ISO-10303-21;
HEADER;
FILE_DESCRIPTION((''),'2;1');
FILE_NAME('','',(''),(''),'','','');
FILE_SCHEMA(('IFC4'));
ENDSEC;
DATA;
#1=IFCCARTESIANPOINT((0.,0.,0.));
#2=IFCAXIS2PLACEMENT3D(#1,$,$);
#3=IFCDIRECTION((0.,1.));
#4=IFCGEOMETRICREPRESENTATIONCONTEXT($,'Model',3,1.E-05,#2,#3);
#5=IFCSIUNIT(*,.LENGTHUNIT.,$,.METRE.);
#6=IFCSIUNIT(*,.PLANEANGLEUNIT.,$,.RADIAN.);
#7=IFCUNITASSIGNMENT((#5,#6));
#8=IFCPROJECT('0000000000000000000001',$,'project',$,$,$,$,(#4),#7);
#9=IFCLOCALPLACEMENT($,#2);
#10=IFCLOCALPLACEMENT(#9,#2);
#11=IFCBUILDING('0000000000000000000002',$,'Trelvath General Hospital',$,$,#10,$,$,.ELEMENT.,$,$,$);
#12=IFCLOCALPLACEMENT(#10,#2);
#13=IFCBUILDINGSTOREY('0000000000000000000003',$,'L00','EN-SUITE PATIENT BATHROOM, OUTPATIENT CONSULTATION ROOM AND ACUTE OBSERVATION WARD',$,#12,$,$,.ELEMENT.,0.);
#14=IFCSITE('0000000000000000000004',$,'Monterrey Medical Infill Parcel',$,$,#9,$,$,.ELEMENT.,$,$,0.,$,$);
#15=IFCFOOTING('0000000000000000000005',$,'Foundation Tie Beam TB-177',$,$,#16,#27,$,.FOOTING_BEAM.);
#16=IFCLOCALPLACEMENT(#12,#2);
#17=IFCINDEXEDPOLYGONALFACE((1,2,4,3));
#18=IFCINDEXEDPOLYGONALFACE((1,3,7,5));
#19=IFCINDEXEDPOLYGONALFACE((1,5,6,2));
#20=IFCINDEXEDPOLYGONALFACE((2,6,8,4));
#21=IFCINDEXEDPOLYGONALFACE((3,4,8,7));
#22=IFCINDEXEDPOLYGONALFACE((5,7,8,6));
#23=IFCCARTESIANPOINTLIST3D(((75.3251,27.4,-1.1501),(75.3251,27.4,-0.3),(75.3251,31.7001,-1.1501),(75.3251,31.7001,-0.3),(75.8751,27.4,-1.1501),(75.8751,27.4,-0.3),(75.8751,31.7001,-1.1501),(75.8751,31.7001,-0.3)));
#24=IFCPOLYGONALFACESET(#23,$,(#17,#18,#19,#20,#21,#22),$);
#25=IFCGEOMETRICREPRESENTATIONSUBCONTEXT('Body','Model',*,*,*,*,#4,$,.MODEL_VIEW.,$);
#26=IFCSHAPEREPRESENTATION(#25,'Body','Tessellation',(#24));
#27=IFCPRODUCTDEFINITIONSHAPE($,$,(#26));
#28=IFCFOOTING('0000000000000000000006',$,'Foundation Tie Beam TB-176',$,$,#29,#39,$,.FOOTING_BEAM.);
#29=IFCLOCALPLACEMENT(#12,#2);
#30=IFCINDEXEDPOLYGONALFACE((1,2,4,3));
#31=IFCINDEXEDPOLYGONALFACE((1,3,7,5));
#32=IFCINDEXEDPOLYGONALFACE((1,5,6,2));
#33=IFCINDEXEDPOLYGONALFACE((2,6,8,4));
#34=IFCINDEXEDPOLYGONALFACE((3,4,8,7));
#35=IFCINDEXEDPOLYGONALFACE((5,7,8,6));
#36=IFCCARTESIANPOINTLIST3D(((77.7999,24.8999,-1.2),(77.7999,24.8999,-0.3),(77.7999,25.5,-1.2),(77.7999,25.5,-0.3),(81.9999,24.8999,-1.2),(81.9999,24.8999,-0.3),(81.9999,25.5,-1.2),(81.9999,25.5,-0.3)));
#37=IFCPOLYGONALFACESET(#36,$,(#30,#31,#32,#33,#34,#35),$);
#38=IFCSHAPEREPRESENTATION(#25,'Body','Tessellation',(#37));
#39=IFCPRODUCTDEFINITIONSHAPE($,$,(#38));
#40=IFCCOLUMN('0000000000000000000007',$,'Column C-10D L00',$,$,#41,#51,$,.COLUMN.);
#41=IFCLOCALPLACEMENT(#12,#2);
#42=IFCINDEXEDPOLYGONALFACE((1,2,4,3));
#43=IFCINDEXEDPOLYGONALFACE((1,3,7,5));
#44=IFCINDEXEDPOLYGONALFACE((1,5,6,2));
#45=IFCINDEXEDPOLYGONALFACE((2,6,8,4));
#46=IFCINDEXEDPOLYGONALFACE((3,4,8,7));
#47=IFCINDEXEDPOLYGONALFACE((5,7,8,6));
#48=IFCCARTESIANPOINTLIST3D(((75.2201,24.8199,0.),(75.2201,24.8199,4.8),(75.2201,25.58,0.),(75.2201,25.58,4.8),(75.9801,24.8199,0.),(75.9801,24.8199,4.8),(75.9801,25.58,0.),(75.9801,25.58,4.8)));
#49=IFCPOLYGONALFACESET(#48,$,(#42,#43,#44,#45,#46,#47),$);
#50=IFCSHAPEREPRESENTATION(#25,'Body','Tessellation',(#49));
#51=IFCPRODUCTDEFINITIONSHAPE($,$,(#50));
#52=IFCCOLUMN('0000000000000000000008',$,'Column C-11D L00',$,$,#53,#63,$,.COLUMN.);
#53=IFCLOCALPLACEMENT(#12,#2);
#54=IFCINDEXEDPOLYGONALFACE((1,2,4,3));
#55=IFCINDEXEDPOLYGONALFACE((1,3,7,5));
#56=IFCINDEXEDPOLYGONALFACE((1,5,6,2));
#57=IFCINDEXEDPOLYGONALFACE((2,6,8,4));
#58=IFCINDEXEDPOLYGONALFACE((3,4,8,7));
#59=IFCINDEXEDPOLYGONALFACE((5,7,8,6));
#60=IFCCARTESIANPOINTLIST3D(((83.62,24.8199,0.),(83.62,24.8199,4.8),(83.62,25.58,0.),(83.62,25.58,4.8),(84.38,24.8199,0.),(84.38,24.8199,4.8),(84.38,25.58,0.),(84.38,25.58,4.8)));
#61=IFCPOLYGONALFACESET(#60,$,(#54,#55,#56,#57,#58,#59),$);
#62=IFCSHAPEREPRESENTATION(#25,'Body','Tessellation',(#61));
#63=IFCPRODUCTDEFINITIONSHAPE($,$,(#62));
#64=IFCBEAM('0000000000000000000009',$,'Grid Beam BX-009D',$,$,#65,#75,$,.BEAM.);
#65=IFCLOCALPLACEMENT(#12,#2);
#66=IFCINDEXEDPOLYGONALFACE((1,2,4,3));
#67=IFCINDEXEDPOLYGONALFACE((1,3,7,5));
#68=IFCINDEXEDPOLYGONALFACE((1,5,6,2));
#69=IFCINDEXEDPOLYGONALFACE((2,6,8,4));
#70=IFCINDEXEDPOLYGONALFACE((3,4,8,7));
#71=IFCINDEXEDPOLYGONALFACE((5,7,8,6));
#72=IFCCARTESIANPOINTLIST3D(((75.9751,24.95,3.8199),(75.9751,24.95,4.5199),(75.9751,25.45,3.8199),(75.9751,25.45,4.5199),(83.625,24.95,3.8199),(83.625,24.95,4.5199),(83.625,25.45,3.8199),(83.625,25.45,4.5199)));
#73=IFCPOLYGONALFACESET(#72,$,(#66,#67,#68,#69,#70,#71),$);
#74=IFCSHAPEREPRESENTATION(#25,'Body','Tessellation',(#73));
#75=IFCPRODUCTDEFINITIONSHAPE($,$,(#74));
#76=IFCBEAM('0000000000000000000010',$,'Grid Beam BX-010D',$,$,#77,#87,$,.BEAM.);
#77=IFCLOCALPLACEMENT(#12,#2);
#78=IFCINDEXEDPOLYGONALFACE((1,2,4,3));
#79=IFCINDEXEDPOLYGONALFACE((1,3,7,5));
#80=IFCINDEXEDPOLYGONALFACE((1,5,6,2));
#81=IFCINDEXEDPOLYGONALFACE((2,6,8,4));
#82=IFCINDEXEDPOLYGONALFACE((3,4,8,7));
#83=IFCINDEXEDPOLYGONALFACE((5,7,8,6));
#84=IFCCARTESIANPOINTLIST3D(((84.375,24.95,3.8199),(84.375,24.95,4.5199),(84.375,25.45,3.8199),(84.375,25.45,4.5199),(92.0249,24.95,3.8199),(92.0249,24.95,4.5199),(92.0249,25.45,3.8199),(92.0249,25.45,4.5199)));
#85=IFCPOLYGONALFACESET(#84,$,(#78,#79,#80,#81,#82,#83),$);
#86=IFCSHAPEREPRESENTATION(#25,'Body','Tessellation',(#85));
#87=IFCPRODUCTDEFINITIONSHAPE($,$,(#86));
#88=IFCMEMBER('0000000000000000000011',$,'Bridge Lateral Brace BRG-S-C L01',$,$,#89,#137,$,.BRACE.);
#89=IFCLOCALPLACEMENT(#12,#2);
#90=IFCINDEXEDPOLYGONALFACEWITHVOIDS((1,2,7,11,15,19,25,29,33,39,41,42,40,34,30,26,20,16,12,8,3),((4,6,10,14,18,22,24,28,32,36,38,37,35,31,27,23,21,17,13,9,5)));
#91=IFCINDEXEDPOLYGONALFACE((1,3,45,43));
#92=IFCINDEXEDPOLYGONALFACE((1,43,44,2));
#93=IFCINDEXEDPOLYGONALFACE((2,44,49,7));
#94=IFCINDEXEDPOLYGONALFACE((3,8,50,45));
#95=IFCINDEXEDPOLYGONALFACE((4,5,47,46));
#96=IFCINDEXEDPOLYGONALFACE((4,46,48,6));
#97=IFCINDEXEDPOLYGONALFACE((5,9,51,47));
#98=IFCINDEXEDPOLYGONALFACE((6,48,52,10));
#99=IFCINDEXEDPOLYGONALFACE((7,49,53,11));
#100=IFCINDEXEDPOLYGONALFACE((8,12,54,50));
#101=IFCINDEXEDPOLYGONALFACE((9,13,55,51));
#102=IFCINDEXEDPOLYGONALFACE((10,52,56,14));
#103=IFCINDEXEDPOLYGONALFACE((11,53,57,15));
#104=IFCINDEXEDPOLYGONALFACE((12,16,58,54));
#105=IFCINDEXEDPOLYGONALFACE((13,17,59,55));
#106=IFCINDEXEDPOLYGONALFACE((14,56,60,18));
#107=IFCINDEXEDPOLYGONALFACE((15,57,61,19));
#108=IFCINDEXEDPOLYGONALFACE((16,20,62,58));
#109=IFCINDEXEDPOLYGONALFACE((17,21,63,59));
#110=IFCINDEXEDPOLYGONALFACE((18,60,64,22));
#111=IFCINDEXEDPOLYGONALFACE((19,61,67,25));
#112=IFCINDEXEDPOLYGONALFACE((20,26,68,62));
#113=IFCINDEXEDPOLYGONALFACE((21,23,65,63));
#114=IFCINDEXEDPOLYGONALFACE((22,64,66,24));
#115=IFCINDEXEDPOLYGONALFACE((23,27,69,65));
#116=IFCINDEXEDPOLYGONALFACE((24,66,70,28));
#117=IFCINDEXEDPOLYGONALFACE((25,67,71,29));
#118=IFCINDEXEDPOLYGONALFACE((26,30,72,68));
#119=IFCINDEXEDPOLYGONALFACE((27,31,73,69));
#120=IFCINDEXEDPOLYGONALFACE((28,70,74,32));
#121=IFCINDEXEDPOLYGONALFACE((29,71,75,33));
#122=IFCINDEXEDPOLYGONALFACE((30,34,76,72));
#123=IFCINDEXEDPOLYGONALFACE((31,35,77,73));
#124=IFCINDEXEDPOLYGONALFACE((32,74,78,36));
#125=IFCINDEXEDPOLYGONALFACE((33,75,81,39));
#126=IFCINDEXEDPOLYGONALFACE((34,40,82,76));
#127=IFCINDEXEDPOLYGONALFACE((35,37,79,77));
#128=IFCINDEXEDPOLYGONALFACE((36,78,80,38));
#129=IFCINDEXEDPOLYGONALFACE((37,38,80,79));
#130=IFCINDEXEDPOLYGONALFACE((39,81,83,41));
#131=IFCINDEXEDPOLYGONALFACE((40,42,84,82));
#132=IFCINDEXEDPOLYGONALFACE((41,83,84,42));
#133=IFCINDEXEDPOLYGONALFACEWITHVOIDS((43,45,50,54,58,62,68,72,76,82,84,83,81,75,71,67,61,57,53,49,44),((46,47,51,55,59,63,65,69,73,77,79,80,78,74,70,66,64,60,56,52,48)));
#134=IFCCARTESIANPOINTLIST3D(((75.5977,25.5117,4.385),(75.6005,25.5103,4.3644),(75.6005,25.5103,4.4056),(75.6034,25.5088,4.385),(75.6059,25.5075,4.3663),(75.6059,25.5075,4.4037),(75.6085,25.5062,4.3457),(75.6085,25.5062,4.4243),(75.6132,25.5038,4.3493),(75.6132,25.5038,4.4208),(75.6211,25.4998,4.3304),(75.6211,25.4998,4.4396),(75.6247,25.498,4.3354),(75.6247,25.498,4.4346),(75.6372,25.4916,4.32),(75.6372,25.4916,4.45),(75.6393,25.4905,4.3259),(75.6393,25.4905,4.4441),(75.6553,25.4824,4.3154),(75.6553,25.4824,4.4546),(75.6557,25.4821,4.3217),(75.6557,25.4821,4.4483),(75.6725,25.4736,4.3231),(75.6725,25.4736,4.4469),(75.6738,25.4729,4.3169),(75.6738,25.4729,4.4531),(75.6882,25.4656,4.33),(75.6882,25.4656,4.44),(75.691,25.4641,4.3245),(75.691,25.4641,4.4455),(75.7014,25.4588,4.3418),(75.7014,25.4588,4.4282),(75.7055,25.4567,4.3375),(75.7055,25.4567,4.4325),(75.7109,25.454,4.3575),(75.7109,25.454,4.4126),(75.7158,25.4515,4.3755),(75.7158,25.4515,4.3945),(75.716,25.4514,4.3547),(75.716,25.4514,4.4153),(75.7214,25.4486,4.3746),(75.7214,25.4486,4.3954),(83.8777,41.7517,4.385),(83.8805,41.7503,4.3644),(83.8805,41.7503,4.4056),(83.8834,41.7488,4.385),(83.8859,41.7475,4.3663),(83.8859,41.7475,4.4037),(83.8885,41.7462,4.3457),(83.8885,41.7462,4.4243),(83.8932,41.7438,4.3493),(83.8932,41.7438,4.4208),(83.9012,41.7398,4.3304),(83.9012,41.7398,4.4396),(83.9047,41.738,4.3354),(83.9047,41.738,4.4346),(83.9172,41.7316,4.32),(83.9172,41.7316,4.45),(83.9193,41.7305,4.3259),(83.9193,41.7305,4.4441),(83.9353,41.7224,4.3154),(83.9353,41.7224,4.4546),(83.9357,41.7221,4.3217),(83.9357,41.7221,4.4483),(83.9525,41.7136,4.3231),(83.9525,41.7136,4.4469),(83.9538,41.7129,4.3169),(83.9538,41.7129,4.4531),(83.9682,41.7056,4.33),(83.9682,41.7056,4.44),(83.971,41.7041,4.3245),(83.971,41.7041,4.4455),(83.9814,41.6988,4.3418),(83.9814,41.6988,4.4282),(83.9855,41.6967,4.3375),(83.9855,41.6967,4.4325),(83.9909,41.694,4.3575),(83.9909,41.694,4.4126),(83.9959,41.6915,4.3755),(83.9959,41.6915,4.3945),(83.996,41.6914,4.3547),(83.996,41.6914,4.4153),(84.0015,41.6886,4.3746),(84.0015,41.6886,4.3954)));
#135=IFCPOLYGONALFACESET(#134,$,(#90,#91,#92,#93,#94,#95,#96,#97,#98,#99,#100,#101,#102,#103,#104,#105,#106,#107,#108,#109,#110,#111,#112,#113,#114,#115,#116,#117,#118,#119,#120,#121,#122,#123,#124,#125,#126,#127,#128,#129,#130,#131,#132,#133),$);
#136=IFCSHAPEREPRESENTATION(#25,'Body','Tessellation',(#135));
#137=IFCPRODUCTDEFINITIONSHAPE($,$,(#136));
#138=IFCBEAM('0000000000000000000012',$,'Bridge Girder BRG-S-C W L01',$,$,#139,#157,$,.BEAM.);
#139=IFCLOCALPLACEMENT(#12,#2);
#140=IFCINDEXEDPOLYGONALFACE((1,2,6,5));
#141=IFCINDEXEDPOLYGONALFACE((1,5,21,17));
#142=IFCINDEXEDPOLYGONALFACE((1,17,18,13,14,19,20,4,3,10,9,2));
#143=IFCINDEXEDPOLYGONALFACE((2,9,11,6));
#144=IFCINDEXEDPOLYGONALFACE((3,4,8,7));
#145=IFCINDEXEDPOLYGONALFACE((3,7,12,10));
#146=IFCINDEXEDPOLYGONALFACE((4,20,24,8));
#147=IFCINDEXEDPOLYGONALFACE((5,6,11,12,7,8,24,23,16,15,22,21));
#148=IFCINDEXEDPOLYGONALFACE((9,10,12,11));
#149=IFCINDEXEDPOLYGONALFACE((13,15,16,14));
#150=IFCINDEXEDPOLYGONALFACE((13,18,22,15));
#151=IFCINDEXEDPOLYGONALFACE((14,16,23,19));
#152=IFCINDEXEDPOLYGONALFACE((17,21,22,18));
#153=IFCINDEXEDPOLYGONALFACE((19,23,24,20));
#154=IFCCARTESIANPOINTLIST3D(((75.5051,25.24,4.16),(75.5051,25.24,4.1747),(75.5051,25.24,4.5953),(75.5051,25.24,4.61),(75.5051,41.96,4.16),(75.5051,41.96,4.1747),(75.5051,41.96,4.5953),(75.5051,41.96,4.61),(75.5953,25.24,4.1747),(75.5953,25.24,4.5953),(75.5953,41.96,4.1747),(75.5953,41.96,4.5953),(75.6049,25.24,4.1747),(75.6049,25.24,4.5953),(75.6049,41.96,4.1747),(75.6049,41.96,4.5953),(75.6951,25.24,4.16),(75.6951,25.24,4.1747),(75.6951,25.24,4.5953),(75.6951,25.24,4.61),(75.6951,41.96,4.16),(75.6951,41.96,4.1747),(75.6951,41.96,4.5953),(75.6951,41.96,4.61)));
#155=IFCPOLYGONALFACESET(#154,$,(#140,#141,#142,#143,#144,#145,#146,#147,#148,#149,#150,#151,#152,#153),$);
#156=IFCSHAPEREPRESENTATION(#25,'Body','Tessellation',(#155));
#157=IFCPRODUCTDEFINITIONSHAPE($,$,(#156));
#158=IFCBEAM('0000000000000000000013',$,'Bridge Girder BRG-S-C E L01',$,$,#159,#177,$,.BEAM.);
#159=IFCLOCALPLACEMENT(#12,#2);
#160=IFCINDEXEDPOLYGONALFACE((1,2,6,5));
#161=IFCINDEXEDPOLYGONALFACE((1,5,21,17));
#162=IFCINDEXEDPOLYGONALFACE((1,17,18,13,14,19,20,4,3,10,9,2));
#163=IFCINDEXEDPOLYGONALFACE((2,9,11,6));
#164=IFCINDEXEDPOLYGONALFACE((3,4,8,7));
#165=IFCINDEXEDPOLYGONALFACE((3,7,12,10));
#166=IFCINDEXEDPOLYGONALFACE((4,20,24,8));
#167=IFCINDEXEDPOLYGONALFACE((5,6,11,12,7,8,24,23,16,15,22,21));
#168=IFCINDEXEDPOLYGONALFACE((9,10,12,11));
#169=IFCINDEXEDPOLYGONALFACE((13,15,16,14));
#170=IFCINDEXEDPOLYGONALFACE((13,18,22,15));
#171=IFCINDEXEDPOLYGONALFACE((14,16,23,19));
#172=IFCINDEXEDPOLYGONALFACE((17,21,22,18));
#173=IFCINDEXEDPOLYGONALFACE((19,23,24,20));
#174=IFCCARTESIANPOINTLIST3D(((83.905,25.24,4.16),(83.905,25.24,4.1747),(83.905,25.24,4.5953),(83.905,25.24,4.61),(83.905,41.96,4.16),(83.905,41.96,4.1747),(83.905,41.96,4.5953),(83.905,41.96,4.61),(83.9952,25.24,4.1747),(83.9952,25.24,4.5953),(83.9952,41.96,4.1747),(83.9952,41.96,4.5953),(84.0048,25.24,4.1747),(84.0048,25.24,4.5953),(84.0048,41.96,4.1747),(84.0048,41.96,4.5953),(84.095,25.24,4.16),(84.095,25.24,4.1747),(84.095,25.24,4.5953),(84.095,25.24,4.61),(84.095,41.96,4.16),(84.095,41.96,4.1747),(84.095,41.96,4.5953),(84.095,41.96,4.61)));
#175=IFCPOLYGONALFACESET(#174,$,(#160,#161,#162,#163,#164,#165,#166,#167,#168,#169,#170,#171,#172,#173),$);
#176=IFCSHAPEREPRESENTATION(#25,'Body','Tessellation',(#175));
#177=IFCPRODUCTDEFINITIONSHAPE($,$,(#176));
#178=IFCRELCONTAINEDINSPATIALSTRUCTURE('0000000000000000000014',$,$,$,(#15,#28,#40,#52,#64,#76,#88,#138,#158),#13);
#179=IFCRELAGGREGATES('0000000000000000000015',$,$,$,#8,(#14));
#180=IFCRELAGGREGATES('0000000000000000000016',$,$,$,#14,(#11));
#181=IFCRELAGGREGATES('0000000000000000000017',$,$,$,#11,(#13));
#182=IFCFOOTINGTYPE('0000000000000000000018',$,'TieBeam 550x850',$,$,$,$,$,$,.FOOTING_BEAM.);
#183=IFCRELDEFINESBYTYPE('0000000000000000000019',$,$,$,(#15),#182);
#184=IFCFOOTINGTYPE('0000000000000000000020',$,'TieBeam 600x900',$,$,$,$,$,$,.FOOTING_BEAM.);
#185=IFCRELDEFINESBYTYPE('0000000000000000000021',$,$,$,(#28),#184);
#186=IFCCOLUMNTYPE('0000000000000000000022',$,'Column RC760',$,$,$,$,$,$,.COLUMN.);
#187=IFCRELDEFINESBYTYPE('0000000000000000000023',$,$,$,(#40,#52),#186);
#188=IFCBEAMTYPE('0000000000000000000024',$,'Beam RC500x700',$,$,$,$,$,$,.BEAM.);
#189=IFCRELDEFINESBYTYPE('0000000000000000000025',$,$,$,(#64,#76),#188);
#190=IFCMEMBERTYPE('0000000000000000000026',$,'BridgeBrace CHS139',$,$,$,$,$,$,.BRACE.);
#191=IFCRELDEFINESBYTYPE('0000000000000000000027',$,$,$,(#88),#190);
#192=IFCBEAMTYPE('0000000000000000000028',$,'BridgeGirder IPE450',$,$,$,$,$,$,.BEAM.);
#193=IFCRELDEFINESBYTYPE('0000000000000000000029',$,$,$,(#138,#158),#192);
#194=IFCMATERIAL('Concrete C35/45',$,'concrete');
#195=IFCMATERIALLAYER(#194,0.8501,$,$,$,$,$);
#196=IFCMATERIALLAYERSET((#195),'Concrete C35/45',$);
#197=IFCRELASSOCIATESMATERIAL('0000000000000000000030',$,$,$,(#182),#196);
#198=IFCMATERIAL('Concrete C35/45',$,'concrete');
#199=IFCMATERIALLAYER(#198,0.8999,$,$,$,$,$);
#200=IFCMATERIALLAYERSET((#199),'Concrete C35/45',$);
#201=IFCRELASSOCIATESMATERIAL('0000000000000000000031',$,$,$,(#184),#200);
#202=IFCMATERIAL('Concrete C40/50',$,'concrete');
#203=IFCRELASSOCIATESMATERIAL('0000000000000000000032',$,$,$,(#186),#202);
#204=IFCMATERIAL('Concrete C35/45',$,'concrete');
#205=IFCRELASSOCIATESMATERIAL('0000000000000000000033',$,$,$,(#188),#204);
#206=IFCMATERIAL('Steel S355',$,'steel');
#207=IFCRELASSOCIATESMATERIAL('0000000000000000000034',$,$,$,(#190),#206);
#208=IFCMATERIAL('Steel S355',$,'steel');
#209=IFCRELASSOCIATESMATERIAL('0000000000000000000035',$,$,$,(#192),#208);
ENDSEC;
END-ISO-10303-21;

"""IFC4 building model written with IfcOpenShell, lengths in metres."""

from ifc_helpers import new_model, si_unit, direction, frame, origin, origin_2d, place, context, subcontext, project, spatial, rectangle, hollow_circle, i_section, extrude, material, layer, layer_set, material_profile, profile_set, type_object, element, save


model = new_model("IFC4")

# Units and contexts
model_context = context("Model", 3, precision=1e-05, world=origin(), true_north=direction((0.0, 1.0)))
body_context = subcontext(model_context, "Body", "Model", "MODEL_VIEW")
ifc_project = project(units=[si_unit("LENGTHUNIT", "METRE"), si_unit("PLANEANGLEUNIT", "RADIAN")], contexts=[model_context])

# Site, building, storey
site_placement = place(None, origin())
site = spatial("IfcSite", under=ifc_project, at=site_placement, Name="Monterrey Medical Infill Parcel", CompositionType="ELEMENT", RefElevation=0.0)
building_placement = place(site_placement, origin())
building = spatial("IfcBuilding", under=site, at=building_placement, Name="Trelvath General Hospital", CompositionType="ELEMENT")
storey_placement = place(building_placement, origin())
storey = spatial("IfcBuildingStorey", under=building, at=storey_placement, Name="L00", Description="EN-SUITE PATIENT BATHROOM, OUTPATIENT CONSULTATION ROOM AND ACUTE OBSERVATION WARD", CompositionType="ELEMENT", Elevation=0.0)

# Footings
ifc_material_1 = material(Name="Concrete C35/45", Category="concrete")
ifc_layer_1 = layer(ifc_material_1, 0.8501)
ifc_layer_set_1 = layer_set([ifc_layer_1], Name="Concrete C35/45")
footing_type_1 = type_object("IfcFootingType", Name="TieBeam 550x850", PredefinedType="FOOTING_BEAM", material=ifc_layer_set_1)
footing_1_placement = place(storey_placement, frame((75.6001, 29.55, -1.1501), z_axis=(0.0, 0.0, 1.0), x_axis=(1.0, 0.0, 0.0)))
element("IfcFooting", 1, at=footing_1_placement, inside=storey, type_object=footing_type_1, Name="Foundation Tie Beam TB-177", PredefinedType="FOOTING_BEAM", context=body_context, shape_type="SweptSolid", body=[
    extrude(rectangle(XDim=0.55, YDim=4.3, at=origin_2d()), origin(), (0.0, 0.0, 1.0), 0.8501),
])
ifc_material_2 = material(Name="Concrete C35/45", Category="concrete")
ifc_layer_2 = layer(ifc_material_2, 0.8999)
ifc_layer_set_2 = layer_set([ifc_layer_2], Name="Concrete C35/45")
footing_type_2 = type_object("IfcFootingType", Name="TieBeam 600x900", PredefinedType="FOOTING_BEAM", material=ifc_layer_set_2)
footing_2_placement = place(storey_placement, frame((79.8999, 25.2, -1.2), z_axis=(0.0, 0.0, 1.0), x_axis=(1.0, 0.0, 0.0)))
element("IfcFooting", 2, at=footing_2_placement, inside=storey, type_object=footing_type_2, Name="Foundation Tie Beam TB-176", PredefinedType="FOOTING_BEAM", context=body_context, shape_type="SweptSolid", body=[
    extrude(rectangle(XDim=4.2, YDim=0.6001, at=origin_2d()), origin(), (0.0, 0.0, 1.0), 0.8999),
])

# Columns
ifc_material_3 = material(Name="Concrete C40/50", Category="concrete")
ifc_material_profile_1 = material_profile(ifc_material_3, rectangle(XDim=0.76, YDim=0.76, at=origin_2d()), Name="RC760x760")
ifc_profile_set_1 = profile_set([ifc_material_profile_1], Name="Concrete C40/50")
column_type = type_object("IfcColumnType", Name="Column RC760", PredefinedType="COLUMN", material=ifc_profile_set_1)
for number, where, z_axis, x_axis, name in (
    (3, (75.6001, 25.2, 0.0), (0.0, 0.0, 1.0), (1.0, 0.0, 0.0), "Column C-10D L00"),
    (4, (84.0, 25.2, 0.0), (0.0, 0.0, 1.0), (1.0, 0.0, 0.0), "Column C-11D L00"),
):
    element("IfcColumn", number, at=place(storey_placement, frame(where, z_axis=z_axis, x_axis=x_axis)), inside=storey, type_object=column_type, Name=name, PredefinedType="COLUMN", context=body_context, shape_type="SweptSolid", body=[
        extrude(rectangle(XDim=0.76, YDim=0.76, at=origin_2d()), origin(), (0.0, 0.0, 1.0), 4.8),
    ])

# Beams
ifc_material_4 = material(Name="Concrete C35/45", Category="concrete")
ifc_material_profile_2 = material_profile(ifc_material_4, rectangle(XDim=0.5, YDim=0.7, at=origin_2d()), Name="RCB500x700")
ifc_profile_set_2 = profile_set([ifc_material_profile_2], Name="Concrete C35/45")
beam_type_1 = type_object("IfcBeamType", Name="Beam RC500x700", PredefinedType="BEAM", material=ifc_profile_set_2)
for number, where, z_axis, x_axis, name in (
    (5, (75.9751, 25.2, 4.1699), (1.0, 0.0, 0.0), (0.0, 1.0, 0.0), "Grid Beam BX-009D"),
    (6, (84.375, 25.2, 4.1699), (1.0, 0.0, 0.0), (0.0, 1.0, 0.0), "Grid Beam BX-010D"),
):
    element("IfcBeam", number, at=place(storey_placement, frame(where, z_axis=z_axis, x_axis=x_axis)), inside=storey, type_object=beam_type_1, Name=name, PredefinedType="BEAM", context=body_context, shape_type="SweptSolid", body=[
        extrude(rectangle(XDim=0.5, YDim=0.7, at=origin_2d()), origin(), (0.0, 0.0, 1.0), 7.6499),
    ])

# Member
ifc_material_5 = material(Name="Steel S355", Category="steel")
ifc_material_profile_3 = material_profile(ifc_material_5, hollow_circle(Radius=0.0698, WallThickness=0.0063, at=origin_2d()), Name="CHS139.7x6.3")
ifc_profile_set_3 = profile_set([ifc_material_profile_3], Name="Steel S355")
member_type = type_object("IfcMemberType", Name="BridgeBrace CHS139", PredefinedType="BRACE", material=ifc_profile_set_3)
member_placement = place(storey_placement, frame((75.6599, 25.48, 4.385), z_axis=(0.454223, 0.890888, 0.0), x_axis=(-0.890888, 0.454223, 0.0)))
element("IfcMember", 7, at=member_placement, inside=storey, type_object=member_type, Name="Bridge Lateral Brace BRG-S-C L01", PredefinedType="BRACE", context=body_context, shape_type="SweptSolid", body=[
    extrude(hollow_circle(Radius=0.0698, WallThickness=0.0063, at=origin_2d()), origin(), (0.0, 0.0, 1.0), 18.229),
])

# Beams
ifc_material_6 = material(Name="Steel S355", Category="steel")
ifc_material_profile_4 = material_profile(ifc_material_6, i_section(OverallWidth=0.1899, OverallDepth=0.45, WebThickness=0.0095, FlangeThickness=0.0146, at=origin_2d()), Name="IPE450")
ifc_profile_set_4 = profile_set([ifc_material_profile_4], Name="Steel S355")
beam_type_2 = type_object("IfcBeamType", Name="BridgeGirder IPE450", PredefinedType="BEAM", material=ifc_profile_set_4)
for number, where, z_axis, x_axis, name in (
    (8, (75.6001, 25.24, 4.385), (0.0, 1.0, 0.0), (-1.0, 0.0, 0.0), "Bridge Girder BRG-S-C W L01"),
    (9, (84.0, 25.24, 4.385), (0.0, 1.0, 0.0), (-1.0, 0.0, 0.0), "Bridge Girder BRG-S-C E L01"),
):
    element("IfcBeam", number, at=place(storey_placement, frame(where, z_axis=z_axis, x_axis=x_axis)), inside=storey, type_object=beam_type_2, Name=name, PredefinedType="BEAM", context=body_context, shape_type="SweptSolid", body=[
        extrude(i_section(OverallWidth=0.1899, OverallDepth=0.45, WebThickness=0.0095, FlangeThickness=0.0146, at=origin_2d()), origin(), (0.0, 0.0, 1.0), 16.72),
    ])

save(model, "model.ifc")
